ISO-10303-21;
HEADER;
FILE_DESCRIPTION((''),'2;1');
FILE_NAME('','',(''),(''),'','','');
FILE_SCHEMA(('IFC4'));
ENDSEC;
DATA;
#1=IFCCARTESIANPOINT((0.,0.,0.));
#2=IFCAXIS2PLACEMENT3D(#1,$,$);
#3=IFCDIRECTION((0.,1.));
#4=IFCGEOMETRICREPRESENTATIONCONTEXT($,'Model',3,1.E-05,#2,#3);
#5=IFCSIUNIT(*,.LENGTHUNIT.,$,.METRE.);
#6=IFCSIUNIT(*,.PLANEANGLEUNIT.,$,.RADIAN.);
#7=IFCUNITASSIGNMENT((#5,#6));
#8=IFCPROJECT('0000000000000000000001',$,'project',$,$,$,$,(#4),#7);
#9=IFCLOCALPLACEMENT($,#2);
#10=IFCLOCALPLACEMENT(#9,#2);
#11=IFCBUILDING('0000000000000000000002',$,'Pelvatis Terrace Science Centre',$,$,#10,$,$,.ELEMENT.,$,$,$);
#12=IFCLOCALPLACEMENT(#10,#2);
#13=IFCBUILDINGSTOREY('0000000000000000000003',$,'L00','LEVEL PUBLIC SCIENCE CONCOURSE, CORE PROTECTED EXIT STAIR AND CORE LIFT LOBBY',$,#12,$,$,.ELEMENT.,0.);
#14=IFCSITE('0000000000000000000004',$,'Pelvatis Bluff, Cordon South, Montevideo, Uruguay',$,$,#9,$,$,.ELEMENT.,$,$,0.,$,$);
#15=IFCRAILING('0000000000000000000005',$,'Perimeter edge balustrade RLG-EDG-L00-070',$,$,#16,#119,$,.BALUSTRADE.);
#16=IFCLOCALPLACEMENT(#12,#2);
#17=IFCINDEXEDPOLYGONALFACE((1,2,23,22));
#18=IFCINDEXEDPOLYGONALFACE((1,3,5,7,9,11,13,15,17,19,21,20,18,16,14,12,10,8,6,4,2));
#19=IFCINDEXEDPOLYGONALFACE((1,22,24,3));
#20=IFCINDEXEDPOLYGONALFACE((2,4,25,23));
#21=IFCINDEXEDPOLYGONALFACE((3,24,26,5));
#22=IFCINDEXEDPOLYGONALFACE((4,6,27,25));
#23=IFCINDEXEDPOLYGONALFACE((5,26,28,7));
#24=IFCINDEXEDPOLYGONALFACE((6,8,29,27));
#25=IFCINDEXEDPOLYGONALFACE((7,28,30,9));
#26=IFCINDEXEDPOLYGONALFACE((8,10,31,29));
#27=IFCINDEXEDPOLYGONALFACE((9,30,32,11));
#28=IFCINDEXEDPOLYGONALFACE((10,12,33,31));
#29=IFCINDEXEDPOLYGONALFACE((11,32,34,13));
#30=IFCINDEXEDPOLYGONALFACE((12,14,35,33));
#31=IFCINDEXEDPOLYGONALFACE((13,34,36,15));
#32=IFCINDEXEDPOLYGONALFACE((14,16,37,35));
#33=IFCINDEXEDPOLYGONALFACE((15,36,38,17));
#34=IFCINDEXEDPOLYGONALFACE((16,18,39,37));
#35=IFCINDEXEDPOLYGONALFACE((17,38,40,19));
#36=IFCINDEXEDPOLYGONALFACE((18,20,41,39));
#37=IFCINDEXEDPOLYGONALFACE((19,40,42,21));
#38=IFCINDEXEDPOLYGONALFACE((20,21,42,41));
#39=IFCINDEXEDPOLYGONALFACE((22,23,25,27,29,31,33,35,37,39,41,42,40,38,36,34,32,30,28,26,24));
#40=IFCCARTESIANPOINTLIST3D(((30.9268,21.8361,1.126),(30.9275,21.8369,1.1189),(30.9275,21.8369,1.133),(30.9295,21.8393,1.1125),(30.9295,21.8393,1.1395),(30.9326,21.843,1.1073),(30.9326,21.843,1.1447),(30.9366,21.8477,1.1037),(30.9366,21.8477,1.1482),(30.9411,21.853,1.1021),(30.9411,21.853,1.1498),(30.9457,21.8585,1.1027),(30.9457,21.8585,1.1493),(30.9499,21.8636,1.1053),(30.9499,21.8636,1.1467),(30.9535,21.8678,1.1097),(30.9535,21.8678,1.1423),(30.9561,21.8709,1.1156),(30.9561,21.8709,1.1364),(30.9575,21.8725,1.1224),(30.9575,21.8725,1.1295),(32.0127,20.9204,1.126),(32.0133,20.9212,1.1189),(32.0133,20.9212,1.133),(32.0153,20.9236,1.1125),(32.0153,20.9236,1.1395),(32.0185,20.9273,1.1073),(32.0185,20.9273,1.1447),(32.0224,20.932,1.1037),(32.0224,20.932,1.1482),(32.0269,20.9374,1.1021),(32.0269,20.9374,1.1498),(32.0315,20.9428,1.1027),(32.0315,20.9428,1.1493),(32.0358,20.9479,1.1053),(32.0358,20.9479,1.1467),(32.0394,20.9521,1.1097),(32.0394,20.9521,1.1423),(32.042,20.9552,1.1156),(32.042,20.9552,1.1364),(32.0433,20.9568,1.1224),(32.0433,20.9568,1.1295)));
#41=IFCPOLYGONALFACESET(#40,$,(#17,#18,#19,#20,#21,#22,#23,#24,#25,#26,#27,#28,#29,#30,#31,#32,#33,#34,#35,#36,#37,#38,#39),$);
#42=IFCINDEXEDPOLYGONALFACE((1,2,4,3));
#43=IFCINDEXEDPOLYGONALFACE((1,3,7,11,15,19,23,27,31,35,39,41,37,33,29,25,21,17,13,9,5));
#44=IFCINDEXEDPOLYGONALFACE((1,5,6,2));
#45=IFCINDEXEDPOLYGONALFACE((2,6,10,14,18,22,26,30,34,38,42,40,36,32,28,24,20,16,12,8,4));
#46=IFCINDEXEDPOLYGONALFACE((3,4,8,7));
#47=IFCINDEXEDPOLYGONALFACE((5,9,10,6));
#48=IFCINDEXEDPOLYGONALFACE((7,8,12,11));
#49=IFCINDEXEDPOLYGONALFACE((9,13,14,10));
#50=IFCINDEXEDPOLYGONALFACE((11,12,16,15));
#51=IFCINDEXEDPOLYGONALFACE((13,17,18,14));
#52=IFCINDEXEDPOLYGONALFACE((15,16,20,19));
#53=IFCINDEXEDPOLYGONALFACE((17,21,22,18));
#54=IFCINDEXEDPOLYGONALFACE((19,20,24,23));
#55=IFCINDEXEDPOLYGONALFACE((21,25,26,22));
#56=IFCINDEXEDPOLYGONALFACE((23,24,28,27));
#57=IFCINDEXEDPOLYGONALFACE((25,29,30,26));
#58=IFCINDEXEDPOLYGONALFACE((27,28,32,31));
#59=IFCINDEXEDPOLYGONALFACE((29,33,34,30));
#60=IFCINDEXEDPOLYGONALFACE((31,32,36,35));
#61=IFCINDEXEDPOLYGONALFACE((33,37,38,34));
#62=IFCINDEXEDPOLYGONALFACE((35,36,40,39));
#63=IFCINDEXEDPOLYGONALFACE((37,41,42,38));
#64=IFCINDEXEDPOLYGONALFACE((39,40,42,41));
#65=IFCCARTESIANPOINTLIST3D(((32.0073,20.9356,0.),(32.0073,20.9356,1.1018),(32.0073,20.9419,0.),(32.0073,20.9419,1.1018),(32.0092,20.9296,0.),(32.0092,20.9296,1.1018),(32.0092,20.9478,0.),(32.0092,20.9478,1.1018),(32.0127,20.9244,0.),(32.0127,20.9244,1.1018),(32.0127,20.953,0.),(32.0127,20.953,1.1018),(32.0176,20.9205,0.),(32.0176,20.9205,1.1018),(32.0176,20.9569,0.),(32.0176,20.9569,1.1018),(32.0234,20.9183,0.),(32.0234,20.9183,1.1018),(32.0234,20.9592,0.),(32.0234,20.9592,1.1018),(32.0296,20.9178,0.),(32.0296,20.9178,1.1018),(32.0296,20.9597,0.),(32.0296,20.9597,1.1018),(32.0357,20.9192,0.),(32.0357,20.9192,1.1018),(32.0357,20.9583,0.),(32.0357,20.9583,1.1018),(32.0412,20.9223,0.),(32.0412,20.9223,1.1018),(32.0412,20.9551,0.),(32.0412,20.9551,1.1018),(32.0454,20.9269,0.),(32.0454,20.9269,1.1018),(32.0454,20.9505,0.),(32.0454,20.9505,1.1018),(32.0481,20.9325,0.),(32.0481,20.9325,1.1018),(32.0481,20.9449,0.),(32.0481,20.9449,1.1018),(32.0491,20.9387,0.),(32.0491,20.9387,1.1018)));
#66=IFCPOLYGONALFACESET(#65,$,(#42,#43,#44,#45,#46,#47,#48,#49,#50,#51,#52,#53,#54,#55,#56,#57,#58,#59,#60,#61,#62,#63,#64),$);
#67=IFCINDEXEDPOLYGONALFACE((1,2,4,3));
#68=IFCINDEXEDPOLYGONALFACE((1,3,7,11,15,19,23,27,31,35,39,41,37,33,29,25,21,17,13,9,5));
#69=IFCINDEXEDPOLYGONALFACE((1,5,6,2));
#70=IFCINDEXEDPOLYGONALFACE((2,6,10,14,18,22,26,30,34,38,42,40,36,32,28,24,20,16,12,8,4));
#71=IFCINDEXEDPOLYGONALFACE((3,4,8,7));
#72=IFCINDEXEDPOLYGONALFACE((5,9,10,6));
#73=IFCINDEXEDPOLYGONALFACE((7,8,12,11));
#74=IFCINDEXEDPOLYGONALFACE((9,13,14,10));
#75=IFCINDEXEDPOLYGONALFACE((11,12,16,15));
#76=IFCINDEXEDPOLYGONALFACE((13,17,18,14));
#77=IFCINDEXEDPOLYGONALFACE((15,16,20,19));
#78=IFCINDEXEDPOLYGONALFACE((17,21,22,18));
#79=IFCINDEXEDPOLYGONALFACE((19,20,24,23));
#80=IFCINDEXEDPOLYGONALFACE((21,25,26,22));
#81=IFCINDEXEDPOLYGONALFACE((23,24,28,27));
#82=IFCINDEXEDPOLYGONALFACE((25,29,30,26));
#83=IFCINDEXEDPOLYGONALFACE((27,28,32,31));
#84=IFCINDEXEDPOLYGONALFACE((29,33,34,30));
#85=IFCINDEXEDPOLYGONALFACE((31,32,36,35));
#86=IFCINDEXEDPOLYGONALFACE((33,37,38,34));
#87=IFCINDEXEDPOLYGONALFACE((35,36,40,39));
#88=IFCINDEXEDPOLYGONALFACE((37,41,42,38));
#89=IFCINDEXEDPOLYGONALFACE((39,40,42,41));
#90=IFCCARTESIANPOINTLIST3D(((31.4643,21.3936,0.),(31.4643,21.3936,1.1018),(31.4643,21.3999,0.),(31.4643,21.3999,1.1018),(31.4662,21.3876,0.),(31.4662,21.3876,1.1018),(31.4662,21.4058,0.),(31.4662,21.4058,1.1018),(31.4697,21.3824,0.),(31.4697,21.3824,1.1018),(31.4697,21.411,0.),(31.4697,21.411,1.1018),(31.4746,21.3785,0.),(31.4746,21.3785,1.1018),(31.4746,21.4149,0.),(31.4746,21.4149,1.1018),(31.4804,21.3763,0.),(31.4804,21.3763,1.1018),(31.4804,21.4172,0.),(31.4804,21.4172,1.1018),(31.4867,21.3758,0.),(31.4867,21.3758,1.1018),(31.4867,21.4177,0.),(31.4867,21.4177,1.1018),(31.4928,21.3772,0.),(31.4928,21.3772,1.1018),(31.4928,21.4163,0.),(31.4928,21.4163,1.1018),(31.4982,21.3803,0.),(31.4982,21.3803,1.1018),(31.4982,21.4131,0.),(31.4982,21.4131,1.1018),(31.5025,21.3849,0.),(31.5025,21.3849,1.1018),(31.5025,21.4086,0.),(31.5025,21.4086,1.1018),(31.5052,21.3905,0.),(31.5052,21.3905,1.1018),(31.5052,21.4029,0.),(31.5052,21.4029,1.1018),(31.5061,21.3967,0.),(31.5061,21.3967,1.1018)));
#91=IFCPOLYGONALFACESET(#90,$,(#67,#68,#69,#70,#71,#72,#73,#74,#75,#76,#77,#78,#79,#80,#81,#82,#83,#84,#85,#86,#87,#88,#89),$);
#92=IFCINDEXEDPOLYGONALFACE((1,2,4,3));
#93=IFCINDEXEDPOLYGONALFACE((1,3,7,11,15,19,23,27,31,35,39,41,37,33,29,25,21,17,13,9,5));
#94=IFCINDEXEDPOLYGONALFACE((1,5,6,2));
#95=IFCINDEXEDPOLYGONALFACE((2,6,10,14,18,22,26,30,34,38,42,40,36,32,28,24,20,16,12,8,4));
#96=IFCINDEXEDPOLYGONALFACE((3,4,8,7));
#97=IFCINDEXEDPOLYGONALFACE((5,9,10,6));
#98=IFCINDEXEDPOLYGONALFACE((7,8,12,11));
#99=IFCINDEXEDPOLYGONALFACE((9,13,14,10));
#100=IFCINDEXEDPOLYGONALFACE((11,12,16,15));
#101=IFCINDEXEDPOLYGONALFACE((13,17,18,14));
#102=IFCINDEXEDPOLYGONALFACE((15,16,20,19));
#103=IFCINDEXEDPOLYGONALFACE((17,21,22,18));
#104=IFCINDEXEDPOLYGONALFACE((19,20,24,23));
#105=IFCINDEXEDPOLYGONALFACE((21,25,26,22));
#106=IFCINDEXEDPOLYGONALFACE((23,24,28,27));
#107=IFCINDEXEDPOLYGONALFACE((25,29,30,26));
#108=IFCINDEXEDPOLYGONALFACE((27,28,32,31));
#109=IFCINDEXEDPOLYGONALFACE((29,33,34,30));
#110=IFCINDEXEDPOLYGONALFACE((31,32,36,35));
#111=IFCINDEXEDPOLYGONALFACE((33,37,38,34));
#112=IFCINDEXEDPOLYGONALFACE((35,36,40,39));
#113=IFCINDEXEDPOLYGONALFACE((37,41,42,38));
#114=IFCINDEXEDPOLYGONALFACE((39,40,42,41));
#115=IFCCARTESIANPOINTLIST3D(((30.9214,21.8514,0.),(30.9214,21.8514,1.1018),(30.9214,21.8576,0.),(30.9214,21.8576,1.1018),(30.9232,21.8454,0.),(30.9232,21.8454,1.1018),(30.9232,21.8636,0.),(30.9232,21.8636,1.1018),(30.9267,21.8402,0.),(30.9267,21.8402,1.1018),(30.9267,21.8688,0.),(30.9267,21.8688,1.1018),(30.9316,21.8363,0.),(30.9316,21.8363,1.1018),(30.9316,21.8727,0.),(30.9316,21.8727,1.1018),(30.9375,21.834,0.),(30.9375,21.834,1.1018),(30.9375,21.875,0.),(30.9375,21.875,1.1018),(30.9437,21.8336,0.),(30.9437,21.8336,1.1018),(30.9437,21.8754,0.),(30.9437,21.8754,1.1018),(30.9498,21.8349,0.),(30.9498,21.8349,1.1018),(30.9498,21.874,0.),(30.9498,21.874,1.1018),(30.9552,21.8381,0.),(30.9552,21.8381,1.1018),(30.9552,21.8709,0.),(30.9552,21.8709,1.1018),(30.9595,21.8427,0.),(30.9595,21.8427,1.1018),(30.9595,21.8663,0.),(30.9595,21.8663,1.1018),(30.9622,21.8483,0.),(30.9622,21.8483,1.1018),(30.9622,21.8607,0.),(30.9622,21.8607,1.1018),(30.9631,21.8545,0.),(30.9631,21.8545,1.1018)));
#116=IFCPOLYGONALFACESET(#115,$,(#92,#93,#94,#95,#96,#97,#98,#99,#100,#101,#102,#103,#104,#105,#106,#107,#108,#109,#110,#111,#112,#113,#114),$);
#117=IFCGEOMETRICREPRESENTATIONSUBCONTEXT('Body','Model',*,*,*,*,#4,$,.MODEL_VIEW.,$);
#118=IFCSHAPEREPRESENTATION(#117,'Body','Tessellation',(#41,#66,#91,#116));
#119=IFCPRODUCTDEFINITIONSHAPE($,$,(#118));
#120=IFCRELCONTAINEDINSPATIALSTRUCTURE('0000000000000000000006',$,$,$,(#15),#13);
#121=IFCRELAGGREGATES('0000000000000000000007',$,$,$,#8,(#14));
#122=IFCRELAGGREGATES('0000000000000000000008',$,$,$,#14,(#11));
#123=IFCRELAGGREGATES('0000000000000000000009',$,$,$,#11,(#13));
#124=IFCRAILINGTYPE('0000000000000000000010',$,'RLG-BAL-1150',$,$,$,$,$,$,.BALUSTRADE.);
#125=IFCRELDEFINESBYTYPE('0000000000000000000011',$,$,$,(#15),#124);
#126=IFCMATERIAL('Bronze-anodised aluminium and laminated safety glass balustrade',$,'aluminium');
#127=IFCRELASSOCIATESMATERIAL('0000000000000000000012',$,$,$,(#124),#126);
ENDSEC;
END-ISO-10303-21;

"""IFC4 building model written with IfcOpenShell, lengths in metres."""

from ifc_helpers import new_model, si_unit, direction, frame, origin, origin_2d, place, context, subcontext, project, spatial, circle, extrude, material, type_object, element, save


model = new_model("IFC4")

# Units and contexts
model_context = context("Model", 3, precision=1e-05, world=origin(), true_north=direction((0.0, 1.0)))
body_context = subcontext(model_context, "Body", "Model", "MODEL_VIEW")
ifc_project = project(units=[si_unit("LENGTHUNIT", "METRE"), si_unit("PLANEANGLEUNIT", "RADIAN")], contexts=[model_context])

# Site, building, storey
site_placement = place(None, origin())
site = spatial("IfcSite", under=ifc_project, at=site_placement, Name="Pelvatis Bluff, Cordon South, Montevideo, Uruguay", CompositionType="ELEMENT", RefElevation=0.0)
building_placement = place(site_placement, origin())
building = spatial("IfcBuilding", under=site, at=building_placement, Name="Pelvatis Terrace Science Centre", CompositionType="ELEMENT")
storey_placement = place(building_placement, origin())
storey = spatial("IfcBuildingStorey", under=building, at=storey_placement, Name="L00", Description="LEVEL PUBLIC SCIENCE CONCOURSE, CORE PROTECTED EXIT STAIR AND CORE LIFT LOBBY", CompositionType="ELEMENT", Elevation=0.0)

# Railing
ifc_material_1 = material(Name="Bronze-anodised aluminium and laminated safety glass balustrade", Category="aluminium")
railing_type = type_object("IfcRailingType", Name="RLG-BAL-1150", PredefinedType="BALUSTRADE", material=ifc_material_1)
railing_placement = place(storey_placement, frame((32.0281, 20.9387, 0.0)))
element("IfcRailing", 1, at=railing_placement, inside=storey, type_object=railing_type, Name="Perimeter edge balustrade RLG-EDG-L00-070", PredefinedType="BALUSTRADE", context=body_context, shape_type="SweptSolid", body=[
    extrude(circle(Radius=0.0239, at=origin_2d()), frame((0.0, 0.0, 1.126), z_axis=(-0.764461, 0.64467, 0.0), x_axis=(-0.64467, -0.764461, 0.0)), (0.0, 0.0, 1.0), 1.4204),
    extrude(circle(Radius=0.021, at=origin_2d()), origin(), (0.0, 0.0, 1.0), 1.1018),
    extrude(circle(Radius=0.021, at=origin_2d()), frame((-0.543, 0.458, 0.0)), (0.0, 0.0, 1.0), 1.1018),
    extrude(circle(Radius=0.021, at=origin_2d()), frame((-1.0859, 0.9158, 0.0)), (0.0, 0.0, 1.0), 1.1018),
])

save(model, "model.ifc")
